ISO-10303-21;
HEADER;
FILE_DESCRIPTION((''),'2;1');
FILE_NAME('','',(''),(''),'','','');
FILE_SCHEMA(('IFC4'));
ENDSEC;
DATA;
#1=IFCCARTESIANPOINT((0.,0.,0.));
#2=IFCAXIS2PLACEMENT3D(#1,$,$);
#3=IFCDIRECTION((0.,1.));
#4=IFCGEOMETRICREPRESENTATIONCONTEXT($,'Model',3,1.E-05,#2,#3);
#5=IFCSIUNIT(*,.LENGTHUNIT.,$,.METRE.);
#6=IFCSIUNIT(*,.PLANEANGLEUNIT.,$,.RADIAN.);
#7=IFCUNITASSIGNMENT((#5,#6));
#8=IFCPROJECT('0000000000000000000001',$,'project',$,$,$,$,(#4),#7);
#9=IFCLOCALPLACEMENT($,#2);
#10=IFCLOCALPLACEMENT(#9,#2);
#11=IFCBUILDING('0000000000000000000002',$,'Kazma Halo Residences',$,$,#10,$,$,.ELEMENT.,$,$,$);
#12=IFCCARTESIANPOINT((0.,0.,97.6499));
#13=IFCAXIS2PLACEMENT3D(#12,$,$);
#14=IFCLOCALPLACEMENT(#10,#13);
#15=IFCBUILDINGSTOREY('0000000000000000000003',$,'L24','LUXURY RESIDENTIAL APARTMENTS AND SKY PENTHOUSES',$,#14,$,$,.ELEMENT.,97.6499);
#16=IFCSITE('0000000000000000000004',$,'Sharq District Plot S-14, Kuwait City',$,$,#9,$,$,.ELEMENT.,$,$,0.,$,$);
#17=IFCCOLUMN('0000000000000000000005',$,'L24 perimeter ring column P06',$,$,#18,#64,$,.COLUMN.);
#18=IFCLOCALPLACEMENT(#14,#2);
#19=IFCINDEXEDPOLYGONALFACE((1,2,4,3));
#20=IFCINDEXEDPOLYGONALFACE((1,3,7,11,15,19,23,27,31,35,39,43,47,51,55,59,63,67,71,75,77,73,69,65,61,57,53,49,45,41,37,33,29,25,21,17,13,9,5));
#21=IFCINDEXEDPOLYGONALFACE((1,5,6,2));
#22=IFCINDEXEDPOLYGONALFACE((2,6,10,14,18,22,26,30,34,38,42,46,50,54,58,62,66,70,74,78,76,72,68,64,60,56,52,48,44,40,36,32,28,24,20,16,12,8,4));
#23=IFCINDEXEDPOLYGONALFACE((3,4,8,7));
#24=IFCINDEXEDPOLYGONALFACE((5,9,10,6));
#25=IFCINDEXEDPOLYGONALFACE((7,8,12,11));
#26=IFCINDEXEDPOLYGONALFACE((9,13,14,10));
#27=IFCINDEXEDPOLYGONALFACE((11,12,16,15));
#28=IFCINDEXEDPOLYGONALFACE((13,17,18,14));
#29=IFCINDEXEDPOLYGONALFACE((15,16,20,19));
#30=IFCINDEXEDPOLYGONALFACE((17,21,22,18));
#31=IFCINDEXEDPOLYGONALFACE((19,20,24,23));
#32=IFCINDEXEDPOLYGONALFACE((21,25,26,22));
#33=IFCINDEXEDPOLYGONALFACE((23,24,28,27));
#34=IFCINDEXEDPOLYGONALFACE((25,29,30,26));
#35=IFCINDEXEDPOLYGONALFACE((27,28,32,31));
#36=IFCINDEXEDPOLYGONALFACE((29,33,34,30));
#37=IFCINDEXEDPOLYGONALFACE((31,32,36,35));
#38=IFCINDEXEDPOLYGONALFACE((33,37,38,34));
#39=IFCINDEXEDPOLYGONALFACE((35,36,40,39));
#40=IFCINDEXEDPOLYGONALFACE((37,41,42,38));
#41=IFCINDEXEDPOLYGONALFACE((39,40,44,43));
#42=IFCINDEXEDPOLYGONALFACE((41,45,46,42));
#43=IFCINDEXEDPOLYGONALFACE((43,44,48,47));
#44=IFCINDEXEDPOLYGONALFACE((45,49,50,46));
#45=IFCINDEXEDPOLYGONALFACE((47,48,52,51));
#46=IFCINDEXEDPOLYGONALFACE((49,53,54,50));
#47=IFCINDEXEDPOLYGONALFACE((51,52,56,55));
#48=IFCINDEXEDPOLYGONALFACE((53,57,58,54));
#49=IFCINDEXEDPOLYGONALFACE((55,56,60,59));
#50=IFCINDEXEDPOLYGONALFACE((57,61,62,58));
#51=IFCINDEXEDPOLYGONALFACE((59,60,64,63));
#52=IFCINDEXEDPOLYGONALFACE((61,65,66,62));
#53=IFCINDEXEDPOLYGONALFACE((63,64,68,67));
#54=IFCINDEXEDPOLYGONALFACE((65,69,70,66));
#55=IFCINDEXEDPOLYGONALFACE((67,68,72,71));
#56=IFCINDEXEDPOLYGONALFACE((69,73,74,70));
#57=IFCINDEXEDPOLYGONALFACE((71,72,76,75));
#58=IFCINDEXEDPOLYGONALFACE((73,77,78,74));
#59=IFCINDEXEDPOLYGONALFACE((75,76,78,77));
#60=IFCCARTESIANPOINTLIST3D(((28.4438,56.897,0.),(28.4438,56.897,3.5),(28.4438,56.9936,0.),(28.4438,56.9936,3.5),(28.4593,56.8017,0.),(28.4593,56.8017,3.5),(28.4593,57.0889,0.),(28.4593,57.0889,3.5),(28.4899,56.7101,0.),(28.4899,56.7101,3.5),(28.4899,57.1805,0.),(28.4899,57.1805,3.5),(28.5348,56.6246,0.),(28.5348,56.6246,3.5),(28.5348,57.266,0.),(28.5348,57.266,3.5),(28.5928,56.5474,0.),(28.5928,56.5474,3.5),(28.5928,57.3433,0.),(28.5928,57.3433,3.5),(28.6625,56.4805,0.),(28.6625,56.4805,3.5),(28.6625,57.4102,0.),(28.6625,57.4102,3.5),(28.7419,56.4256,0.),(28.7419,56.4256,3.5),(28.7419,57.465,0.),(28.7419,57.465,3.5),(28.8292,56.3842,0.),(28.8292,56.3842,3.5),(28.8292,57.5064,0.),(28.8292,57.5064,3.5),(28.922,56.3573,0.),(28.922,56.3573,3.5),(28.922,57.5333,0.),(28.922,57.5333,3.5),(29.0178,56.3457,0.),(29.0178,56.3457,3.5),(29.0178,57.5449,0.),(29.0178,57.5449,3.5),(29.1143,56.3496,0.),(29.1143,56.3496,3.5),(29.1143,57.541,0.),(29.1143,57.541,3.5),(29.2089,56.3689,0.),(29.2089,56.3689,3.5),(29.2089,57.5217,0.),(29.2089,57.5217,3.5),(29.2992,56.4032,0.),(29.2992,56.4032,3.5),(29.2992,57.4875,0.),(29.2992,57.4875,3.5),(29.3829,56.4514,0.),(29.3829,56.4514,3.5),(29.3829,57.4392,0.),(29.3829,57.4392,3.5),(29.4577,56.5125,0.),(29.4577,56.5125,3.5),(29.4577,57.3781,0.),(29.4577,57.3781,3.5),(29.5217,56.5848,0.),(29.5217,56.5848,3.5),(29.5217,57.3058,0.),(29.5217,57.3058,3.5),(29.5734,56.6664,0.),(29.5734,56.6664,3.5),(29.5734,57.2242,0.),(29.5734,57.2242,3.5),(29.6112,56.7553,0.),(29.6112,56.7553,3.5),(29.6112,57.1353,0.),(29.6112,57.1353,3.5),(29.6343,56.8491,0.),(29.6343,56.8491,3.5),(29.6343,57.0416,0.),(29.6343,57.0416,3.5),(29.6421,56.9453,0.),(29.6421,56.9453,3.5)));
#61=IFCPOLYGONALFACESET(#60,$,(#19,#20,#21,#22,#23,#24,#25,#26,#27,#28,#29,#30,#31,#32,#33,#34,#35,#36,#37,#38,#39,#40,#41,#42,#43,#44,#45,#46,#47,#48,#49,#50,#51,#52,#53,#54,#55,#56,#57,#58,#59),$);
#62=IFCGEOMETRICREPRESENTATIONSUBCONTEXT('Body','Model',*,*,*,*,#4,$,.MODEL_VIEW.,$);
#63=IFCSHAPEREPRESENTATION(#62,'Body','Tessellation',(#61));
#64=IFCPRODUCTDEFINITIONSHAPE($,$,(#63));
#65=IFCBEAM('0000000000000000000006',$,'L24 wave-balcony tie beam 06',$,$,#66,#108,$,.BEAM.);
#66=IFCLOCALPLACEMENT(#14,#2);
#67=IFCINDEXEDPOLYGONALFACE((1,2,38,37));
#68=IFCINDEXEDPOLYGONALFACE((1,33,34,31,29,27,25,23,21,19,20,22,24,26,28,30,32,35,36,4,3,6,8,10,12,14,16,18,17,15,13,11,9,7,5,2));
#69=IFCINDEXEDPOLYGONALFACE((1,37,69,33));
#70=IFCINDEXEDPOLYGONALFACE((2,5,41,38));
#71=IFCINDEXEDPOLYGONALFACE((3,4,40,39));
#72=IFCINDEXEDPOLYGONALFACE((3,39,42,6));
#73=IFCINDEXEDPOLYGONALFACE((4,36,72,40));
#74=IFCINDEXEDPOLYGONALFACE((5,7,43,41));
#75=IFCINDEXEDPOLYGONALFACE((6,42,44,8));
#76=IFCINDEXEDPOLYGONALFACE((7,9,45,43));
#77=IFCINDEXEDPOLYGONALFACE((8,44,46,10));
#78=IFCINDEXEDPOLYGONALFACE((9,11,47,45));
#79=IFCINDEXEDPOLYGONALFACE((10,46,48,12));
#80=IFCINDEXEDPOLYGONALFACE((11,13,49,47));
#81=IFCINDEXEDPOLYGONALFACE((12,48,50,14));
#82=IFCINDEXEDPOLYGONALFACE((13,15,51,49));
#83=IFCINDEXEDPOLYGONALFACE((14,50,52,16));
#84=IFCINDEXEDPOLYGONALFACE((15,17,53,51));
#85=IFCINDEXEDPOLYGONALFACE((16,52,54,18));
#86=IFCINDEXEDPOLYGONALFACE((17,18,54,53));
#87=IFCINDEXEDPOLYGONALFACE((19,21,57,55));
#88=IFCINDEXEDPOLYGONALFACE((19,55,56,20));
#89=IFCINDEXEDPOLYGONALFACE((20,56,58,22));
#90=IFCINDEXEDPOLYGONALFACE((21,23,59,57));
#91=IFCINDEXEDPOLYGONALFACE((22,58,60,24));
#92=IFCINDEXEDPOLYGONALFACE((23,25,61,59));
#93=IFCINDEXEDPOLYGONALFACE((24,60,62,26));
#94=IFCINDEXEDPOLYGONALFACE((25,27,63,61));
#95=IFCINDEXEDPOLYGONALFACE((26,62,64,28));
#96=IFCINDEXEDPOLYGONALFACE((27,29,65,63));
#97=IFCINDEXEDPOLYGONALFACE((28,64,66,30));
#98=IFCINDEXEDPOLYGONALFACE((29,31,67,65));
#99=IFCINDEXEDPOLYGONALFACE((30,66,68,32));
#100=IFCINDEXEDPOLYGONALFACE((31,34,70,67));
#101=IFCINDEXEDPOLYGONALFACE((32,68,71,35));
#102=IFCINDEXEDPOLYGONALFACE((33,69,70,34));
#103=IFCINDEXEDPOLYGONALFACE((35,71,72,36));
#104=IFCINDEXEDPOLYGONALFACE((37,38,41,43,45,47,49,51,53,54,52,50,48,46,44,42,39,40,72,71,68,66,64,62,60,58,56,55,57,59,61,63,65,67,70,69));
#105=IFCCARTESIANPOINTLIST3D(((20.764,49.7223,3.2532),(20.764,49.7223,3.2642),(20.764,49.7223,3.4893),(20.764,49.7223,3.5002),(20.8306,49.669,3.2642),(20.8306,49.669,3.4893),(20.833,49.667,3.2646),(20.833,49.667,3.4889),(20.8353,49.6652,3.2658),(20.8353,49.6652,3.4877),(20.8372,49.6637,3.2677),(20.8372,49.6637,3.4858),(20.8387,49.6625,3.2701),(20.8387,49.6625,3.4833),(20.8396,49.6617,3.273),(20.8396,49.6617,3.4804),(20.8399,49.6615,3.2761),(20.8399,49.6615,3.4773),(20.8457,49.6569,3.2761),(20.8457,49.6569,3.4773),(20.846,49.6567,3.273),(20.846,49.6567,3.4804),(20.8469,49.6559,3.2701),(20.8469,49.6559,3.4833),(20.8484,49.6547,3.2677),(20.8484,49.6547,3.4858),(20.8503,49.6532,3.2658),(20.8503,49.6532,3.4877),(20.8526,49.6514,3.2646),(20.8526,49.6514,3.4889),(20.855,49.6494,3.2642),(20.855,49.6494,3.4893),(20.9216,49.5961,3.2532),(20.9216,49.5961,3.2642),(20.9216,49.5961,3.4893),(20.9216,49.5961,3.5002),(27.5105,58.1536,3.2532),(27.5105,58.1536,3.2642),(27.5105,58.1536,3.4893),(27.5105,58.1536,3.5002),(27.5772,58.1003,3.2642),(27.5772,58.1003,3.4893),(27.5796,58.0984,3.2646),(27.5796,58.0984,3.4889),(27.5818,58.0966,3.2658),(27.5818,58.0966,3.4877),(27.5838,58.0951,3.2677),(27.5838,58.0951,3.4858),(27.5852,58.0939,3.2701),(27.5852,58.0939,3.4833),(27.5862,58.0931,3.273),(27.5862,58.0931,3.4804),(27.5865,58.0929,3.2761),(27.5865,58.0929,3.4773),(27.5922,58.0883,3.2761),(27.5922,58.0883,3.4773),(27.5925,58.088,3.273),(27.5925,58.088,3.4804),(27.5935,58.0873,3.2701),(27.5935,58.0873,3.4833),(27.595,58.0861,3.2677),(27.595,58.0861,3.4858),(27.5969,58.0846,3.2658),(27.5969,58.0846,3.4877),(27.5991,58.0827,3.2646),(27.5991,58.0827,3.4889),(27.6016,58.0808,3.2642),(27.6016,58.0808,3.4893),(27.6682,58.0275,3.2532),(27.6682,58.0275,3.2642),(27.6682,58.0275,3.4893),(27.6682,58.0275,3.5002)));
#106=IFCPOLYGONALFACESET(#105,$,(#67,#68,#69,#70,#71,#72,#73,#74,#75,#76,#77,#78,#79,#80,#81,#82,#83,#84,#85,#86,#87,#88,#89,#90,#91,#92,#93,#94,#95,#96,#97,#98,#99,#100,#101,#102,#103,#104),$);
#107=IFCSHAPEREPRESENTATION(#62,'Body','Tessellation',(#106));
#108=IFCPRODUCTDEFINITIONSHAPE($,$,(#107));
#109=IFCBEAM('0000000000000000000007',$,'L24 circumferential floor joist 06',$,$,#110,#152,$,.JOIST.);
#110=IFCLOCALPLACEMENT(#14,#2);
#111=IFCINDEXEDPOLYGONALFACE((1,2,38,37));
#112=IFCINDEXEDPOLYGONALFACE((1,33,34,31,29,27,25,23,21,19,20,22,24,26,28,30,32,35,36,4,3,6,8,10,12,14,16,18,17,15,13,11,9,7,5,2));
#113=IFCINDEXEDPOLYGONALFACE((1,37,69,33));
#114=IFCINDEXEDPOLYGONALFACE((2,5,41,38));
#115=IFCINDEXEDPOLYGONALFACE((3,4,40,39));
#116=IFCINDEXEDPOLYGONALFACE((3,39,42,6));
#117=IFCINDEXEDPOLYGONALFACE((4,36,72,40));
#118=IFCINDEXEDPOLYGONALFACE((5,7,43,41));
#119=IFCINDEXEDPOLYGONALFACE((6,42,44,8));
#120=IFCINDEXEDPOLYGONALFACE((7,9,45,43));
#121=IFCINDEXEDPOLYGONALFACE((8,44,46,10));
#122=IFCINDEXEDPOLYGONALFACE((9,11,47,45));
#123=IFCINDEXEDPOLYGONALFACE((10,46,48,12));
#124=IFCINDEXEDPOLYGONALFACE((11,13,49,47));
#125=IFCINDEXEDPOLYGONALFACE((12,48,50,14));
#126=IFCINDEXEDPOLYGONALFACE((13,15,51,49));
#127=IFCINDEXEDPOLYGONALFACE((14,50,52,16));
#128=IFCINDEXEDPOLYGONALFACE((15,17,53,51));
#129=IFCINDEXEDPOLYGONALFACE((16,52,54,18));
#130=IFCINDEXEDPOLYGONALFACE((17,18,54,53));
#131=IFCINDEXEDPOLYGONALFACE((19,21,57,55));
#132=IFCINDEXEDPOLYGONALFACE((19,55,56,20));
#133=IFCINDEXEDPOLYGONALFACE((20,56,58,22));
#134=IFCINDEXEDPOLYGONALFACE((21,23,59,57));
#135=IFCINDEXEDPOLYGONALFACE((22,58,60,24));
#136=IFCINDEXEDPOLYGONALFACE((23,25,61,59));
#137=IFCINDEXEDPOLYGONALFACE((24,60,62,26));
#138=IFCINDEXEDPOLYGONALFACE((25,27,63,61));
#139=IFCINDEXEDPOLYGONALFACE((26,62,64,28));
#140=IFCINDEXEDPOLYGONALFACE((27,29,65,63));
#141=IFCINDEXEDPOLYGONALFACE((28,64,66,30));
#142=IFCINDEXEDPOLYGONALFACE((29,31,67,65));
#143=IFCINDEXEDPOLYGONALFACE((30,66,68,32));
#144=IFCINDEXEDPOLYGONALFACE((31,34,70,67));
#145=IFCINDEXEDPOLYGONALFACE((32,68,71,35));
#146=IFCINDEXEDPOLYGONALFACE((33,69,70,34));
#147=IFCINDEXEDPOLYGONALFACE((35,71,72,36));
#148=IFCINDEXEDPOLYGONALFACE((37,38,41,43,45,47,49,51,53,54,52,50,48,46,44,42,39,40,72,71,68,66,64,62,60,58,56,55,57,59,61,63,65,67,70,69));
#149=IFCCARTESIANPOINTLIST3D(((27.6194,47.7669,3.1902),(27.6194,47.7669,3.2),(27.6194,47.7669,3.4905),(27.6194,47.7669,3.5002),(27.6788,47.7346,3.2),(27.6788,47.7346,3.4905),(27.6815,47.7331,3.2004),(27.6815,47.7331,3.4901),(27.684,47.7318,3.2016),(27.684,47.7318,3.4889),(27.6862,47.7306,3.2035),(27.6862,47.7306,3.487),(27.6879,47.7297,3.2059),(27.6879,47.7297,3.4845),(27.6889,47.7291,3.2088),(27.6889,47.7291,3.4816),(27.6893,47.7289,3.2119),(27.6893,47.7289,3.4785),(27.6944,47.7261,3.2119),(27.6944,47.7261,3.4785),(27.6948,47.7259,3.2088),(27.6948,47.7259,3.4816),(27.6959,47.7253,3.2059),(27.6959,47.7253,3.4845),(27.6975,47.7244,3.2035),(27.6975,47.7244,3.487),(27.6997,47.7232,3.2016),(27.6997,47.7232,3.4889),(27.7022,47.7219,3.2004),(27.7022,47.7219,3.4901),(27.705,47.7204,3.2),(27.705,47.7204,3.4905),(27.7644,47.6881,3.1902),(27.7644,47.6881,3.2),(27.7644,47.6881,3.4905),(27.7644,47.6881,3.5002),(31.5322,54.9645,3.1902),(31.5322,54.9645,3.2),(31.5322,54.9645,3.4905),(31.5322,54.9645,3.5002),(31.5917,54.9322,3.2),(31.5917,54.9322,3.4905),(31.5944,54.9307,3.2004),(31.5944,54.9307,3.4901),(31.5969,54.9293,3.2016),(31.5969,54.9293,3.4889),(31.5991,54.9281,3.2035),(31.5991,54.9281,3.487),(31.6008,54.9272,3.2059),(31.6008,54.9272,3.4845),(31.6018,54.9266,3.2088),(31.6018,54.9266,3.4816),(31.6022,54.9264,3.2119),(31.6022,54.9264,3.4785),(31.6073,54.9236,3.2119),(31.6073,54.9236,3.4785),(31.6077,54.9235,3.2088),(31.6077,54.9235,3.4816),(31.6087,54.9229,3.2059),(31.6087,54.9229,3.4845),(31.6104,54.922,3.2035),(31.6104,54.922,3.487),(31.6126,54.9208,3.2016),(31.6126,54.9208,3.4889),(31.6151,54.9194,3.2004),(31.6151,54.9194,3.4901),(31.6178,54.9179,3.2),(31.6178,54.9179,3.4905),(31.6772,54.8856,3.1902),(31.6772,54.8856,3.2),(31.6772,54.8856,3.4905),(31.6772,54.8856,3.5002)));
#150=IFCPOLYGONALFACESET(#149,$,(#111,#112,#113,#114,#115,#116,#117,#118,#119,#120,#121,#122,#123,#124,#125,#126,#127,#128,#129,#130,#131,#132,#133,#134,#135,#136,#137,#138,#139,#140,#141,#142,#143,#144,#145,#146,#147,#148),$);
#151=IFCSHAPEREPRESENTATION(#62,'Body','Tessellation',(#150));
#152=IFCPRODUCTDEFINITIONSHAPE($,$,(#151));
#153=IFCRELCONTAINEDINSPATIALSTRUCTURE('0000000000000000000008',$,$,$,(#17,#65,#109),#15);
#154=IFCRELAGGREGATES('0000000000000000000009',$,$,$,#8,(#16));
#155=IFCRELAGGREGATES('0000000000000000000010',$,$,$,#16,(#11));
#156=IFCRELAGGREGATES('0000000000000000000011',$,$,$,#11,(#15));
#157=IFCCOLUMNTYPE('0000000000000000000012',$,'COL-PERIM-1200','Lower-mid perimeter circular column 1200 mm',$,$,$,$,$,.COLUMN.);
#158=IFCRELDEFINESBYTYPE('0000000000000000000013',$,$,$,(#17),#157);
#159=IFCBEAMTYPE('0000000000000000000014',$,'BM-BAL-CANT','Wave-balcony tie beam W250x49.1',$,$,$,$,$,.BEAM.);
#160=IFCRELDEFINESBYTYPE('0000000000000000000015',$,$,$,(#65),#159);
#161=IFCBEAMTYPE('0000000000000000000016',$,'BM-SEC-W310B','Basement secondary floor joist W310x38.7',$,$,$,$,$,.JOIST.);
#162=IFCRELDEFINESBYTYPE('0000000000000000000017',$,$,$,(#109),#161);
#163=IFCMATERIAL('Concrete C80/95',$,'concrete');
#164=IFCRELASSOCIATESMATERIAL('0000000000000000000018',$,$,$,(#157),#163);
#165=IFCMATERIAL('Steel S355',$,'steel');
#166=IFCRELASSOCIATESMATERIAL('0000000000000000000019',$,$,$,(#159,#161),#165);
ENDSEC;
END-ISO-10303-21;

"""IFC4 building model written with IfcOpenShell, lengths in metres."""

from ifc_helpers import new_model, si_unit, direction, frame, origin, origin_2d, place, context, subcontext, project, spatial, circle, i_section, extrude, material, material_profile, profile_set, type_object, element, save


model = new_model("IFC4")

# Units and contexts
model_context = context("Model", 3, precision=1e-05, world=origin(), true_north=direction((0.0, 1.0)))
body_context = subcontext(model_context, "Body", "Model", "MODEL_VIEW")
ifc_project = project(units=[si_unit("LENGTHUNIT", "METRE"), si_unit("PLANEANGLEUNIT", "RADIAN")], contexts=[model_context])

# Site, building, storey
site_placement = place(None, origin())
site = spatial("IfcSite", under=ifc_project, at=site_placement, Name="Sharq District Plot S-14, Kuwait City", CompositionType="ELEMENT", RefElevation=0.0)
building_placement = place(site_placement, origin())
building = spatial("IfcBuilding", under=site, at=building_placement, Name="Kazma Halo Residences", CompositionType="ELEMENT")
storey_placement = place(building_placement, frame((0.0, 0.0, 97.6499)))
storey = spatial("IfcBuildingStorey", under=building, at=storey_placement, Name="L24", Description="LUXURY RESIDENTIAL APARTMENTS AND SKY PENTHOUSES", CompositionType="ELEMENT", Elevation=97.6499)

# Column
ifc_material_1 = material(Name="Concrete C80/95", Category="concrete")
ifc_material_profile_1 = material_profile(ifc_material_1, circle(Radius=0.6001, at=origin_2d()), Name="CIRC1200")
ifc_profile_set_1 = profile_set([ifc_material_profile_1], Name="Concrete C80/95")
column_type = type_object("IfcColumnType", Name="COL-PERIM-1200", Description="Lower-mid perimeter circular column 1200 mm", PredefinedType="COLUMN", material=ifc_profile_set_1)
column_placement = place(storey_placement, frame((29.042, 56.9453, 0.0), z_axis=(0.0, 0.0, 1.0), x_axis=(1.0, 0.0, 0.0)))
element("IfcColumn", 1, at=column_placement, inside=storey, type_object=column_type, Name="L24 perimeter ring column P06", PredefinedType="COLUMN", context=body_context, shape_type="SweptSolid", body=[
    extrude(circle(Radius=0.6001, at=origin_2d()), origin(), (0.0, 0.0, 1.0), 3.5),
])

# Beams
ifc_material_2 = material(Name="Steel S355", Category="steel")
ifc_material_profile_2 = material_profile(ifc_material_2, i_section(OverallWidth=0.2019, OverallDepth=0.2471, WebThickness=0.0073, FlangeThickness=0.011, FilletRadius=0.012, at=origin_2d()), Name="W250x49.1")
ifc_profile_set_2 = profile_set([ifc_material_profile_2], Name="Steel S355")
beam_type_1 = type_object("IfcBeamType", Name="BM-BAL-CANT", Description="Wave-balcony tie beam W250x49.1", PredefinedType="BEAM", material=ifc_profile_set_2)
beam_1_placement = place(storey_placement, frame((27.5894, 58.0906, 3.3767), z_axis=(-0.624778, -0.780803, 0.0), x_axis=(0.780803, -0.624778, 0.0)))
element("IfcBeam", 2, at=beam_1_placement, inside=storey, type_object=beam_type_1, Name="L24 wave-balcony tie beam 06", PredefinedType="BEAM", context=body_context, shape_type="SweptSolid", body=[
    extrude(i_section(OverallWidth=0.2019, OverallDepth=0.2471, WebThickness=0.0073, FlangeThickness=0.011, FilletRadius=0.012, at=origin_2d()), origin(), (0.0, 0.0, 1.0), 10.7983),
])
ifc_material_profile_3 = material_profile(ifc_material_2, i_section(OverallWidth=0.165, OverallDepth=0.3101, WebThickness=0.0059, FlangeThickness=0.0098, FilletRadius=0.012, at=origin_2d()), Name="W310x38.7")
ifc_profile_set_3 = profile_set([ifc_material_profile_3], Name="Steel S355")
beam_type_2 = type_object("IfcBeamType", Name="BM-SEC-W310B", Description="Basement secondary floor joist W310x38.7", PredefinedType="JOIST", material=ifc_profile_set_3)
beam_2_placement = place(storey_placement, frame((31.6047, 54.925, 3.3452), z_axis=(-0.477622, -0.878566, 0.0), x_axis=(0.878566, -0.477622, 0.0)))
element("IfcBeam", 3, at=beam_2_placement, inside=storey, type_object=beam_type_2, Name="L24 circumferential floor joist 06", PredefinedType="JOIST", context=body_context, shape_type="SweptSolid", body=[
    extrude(i_section(OverallWidth=0.165, OverallDepth=0.3101, WebThickness=0.0059, FlangeThickness=0.0098, FilletRadius=0.012, at=origin_2d()), origin(), (0.0, 0.0, 1.0), 8.1924),
])

save(model, "model.ifc")
